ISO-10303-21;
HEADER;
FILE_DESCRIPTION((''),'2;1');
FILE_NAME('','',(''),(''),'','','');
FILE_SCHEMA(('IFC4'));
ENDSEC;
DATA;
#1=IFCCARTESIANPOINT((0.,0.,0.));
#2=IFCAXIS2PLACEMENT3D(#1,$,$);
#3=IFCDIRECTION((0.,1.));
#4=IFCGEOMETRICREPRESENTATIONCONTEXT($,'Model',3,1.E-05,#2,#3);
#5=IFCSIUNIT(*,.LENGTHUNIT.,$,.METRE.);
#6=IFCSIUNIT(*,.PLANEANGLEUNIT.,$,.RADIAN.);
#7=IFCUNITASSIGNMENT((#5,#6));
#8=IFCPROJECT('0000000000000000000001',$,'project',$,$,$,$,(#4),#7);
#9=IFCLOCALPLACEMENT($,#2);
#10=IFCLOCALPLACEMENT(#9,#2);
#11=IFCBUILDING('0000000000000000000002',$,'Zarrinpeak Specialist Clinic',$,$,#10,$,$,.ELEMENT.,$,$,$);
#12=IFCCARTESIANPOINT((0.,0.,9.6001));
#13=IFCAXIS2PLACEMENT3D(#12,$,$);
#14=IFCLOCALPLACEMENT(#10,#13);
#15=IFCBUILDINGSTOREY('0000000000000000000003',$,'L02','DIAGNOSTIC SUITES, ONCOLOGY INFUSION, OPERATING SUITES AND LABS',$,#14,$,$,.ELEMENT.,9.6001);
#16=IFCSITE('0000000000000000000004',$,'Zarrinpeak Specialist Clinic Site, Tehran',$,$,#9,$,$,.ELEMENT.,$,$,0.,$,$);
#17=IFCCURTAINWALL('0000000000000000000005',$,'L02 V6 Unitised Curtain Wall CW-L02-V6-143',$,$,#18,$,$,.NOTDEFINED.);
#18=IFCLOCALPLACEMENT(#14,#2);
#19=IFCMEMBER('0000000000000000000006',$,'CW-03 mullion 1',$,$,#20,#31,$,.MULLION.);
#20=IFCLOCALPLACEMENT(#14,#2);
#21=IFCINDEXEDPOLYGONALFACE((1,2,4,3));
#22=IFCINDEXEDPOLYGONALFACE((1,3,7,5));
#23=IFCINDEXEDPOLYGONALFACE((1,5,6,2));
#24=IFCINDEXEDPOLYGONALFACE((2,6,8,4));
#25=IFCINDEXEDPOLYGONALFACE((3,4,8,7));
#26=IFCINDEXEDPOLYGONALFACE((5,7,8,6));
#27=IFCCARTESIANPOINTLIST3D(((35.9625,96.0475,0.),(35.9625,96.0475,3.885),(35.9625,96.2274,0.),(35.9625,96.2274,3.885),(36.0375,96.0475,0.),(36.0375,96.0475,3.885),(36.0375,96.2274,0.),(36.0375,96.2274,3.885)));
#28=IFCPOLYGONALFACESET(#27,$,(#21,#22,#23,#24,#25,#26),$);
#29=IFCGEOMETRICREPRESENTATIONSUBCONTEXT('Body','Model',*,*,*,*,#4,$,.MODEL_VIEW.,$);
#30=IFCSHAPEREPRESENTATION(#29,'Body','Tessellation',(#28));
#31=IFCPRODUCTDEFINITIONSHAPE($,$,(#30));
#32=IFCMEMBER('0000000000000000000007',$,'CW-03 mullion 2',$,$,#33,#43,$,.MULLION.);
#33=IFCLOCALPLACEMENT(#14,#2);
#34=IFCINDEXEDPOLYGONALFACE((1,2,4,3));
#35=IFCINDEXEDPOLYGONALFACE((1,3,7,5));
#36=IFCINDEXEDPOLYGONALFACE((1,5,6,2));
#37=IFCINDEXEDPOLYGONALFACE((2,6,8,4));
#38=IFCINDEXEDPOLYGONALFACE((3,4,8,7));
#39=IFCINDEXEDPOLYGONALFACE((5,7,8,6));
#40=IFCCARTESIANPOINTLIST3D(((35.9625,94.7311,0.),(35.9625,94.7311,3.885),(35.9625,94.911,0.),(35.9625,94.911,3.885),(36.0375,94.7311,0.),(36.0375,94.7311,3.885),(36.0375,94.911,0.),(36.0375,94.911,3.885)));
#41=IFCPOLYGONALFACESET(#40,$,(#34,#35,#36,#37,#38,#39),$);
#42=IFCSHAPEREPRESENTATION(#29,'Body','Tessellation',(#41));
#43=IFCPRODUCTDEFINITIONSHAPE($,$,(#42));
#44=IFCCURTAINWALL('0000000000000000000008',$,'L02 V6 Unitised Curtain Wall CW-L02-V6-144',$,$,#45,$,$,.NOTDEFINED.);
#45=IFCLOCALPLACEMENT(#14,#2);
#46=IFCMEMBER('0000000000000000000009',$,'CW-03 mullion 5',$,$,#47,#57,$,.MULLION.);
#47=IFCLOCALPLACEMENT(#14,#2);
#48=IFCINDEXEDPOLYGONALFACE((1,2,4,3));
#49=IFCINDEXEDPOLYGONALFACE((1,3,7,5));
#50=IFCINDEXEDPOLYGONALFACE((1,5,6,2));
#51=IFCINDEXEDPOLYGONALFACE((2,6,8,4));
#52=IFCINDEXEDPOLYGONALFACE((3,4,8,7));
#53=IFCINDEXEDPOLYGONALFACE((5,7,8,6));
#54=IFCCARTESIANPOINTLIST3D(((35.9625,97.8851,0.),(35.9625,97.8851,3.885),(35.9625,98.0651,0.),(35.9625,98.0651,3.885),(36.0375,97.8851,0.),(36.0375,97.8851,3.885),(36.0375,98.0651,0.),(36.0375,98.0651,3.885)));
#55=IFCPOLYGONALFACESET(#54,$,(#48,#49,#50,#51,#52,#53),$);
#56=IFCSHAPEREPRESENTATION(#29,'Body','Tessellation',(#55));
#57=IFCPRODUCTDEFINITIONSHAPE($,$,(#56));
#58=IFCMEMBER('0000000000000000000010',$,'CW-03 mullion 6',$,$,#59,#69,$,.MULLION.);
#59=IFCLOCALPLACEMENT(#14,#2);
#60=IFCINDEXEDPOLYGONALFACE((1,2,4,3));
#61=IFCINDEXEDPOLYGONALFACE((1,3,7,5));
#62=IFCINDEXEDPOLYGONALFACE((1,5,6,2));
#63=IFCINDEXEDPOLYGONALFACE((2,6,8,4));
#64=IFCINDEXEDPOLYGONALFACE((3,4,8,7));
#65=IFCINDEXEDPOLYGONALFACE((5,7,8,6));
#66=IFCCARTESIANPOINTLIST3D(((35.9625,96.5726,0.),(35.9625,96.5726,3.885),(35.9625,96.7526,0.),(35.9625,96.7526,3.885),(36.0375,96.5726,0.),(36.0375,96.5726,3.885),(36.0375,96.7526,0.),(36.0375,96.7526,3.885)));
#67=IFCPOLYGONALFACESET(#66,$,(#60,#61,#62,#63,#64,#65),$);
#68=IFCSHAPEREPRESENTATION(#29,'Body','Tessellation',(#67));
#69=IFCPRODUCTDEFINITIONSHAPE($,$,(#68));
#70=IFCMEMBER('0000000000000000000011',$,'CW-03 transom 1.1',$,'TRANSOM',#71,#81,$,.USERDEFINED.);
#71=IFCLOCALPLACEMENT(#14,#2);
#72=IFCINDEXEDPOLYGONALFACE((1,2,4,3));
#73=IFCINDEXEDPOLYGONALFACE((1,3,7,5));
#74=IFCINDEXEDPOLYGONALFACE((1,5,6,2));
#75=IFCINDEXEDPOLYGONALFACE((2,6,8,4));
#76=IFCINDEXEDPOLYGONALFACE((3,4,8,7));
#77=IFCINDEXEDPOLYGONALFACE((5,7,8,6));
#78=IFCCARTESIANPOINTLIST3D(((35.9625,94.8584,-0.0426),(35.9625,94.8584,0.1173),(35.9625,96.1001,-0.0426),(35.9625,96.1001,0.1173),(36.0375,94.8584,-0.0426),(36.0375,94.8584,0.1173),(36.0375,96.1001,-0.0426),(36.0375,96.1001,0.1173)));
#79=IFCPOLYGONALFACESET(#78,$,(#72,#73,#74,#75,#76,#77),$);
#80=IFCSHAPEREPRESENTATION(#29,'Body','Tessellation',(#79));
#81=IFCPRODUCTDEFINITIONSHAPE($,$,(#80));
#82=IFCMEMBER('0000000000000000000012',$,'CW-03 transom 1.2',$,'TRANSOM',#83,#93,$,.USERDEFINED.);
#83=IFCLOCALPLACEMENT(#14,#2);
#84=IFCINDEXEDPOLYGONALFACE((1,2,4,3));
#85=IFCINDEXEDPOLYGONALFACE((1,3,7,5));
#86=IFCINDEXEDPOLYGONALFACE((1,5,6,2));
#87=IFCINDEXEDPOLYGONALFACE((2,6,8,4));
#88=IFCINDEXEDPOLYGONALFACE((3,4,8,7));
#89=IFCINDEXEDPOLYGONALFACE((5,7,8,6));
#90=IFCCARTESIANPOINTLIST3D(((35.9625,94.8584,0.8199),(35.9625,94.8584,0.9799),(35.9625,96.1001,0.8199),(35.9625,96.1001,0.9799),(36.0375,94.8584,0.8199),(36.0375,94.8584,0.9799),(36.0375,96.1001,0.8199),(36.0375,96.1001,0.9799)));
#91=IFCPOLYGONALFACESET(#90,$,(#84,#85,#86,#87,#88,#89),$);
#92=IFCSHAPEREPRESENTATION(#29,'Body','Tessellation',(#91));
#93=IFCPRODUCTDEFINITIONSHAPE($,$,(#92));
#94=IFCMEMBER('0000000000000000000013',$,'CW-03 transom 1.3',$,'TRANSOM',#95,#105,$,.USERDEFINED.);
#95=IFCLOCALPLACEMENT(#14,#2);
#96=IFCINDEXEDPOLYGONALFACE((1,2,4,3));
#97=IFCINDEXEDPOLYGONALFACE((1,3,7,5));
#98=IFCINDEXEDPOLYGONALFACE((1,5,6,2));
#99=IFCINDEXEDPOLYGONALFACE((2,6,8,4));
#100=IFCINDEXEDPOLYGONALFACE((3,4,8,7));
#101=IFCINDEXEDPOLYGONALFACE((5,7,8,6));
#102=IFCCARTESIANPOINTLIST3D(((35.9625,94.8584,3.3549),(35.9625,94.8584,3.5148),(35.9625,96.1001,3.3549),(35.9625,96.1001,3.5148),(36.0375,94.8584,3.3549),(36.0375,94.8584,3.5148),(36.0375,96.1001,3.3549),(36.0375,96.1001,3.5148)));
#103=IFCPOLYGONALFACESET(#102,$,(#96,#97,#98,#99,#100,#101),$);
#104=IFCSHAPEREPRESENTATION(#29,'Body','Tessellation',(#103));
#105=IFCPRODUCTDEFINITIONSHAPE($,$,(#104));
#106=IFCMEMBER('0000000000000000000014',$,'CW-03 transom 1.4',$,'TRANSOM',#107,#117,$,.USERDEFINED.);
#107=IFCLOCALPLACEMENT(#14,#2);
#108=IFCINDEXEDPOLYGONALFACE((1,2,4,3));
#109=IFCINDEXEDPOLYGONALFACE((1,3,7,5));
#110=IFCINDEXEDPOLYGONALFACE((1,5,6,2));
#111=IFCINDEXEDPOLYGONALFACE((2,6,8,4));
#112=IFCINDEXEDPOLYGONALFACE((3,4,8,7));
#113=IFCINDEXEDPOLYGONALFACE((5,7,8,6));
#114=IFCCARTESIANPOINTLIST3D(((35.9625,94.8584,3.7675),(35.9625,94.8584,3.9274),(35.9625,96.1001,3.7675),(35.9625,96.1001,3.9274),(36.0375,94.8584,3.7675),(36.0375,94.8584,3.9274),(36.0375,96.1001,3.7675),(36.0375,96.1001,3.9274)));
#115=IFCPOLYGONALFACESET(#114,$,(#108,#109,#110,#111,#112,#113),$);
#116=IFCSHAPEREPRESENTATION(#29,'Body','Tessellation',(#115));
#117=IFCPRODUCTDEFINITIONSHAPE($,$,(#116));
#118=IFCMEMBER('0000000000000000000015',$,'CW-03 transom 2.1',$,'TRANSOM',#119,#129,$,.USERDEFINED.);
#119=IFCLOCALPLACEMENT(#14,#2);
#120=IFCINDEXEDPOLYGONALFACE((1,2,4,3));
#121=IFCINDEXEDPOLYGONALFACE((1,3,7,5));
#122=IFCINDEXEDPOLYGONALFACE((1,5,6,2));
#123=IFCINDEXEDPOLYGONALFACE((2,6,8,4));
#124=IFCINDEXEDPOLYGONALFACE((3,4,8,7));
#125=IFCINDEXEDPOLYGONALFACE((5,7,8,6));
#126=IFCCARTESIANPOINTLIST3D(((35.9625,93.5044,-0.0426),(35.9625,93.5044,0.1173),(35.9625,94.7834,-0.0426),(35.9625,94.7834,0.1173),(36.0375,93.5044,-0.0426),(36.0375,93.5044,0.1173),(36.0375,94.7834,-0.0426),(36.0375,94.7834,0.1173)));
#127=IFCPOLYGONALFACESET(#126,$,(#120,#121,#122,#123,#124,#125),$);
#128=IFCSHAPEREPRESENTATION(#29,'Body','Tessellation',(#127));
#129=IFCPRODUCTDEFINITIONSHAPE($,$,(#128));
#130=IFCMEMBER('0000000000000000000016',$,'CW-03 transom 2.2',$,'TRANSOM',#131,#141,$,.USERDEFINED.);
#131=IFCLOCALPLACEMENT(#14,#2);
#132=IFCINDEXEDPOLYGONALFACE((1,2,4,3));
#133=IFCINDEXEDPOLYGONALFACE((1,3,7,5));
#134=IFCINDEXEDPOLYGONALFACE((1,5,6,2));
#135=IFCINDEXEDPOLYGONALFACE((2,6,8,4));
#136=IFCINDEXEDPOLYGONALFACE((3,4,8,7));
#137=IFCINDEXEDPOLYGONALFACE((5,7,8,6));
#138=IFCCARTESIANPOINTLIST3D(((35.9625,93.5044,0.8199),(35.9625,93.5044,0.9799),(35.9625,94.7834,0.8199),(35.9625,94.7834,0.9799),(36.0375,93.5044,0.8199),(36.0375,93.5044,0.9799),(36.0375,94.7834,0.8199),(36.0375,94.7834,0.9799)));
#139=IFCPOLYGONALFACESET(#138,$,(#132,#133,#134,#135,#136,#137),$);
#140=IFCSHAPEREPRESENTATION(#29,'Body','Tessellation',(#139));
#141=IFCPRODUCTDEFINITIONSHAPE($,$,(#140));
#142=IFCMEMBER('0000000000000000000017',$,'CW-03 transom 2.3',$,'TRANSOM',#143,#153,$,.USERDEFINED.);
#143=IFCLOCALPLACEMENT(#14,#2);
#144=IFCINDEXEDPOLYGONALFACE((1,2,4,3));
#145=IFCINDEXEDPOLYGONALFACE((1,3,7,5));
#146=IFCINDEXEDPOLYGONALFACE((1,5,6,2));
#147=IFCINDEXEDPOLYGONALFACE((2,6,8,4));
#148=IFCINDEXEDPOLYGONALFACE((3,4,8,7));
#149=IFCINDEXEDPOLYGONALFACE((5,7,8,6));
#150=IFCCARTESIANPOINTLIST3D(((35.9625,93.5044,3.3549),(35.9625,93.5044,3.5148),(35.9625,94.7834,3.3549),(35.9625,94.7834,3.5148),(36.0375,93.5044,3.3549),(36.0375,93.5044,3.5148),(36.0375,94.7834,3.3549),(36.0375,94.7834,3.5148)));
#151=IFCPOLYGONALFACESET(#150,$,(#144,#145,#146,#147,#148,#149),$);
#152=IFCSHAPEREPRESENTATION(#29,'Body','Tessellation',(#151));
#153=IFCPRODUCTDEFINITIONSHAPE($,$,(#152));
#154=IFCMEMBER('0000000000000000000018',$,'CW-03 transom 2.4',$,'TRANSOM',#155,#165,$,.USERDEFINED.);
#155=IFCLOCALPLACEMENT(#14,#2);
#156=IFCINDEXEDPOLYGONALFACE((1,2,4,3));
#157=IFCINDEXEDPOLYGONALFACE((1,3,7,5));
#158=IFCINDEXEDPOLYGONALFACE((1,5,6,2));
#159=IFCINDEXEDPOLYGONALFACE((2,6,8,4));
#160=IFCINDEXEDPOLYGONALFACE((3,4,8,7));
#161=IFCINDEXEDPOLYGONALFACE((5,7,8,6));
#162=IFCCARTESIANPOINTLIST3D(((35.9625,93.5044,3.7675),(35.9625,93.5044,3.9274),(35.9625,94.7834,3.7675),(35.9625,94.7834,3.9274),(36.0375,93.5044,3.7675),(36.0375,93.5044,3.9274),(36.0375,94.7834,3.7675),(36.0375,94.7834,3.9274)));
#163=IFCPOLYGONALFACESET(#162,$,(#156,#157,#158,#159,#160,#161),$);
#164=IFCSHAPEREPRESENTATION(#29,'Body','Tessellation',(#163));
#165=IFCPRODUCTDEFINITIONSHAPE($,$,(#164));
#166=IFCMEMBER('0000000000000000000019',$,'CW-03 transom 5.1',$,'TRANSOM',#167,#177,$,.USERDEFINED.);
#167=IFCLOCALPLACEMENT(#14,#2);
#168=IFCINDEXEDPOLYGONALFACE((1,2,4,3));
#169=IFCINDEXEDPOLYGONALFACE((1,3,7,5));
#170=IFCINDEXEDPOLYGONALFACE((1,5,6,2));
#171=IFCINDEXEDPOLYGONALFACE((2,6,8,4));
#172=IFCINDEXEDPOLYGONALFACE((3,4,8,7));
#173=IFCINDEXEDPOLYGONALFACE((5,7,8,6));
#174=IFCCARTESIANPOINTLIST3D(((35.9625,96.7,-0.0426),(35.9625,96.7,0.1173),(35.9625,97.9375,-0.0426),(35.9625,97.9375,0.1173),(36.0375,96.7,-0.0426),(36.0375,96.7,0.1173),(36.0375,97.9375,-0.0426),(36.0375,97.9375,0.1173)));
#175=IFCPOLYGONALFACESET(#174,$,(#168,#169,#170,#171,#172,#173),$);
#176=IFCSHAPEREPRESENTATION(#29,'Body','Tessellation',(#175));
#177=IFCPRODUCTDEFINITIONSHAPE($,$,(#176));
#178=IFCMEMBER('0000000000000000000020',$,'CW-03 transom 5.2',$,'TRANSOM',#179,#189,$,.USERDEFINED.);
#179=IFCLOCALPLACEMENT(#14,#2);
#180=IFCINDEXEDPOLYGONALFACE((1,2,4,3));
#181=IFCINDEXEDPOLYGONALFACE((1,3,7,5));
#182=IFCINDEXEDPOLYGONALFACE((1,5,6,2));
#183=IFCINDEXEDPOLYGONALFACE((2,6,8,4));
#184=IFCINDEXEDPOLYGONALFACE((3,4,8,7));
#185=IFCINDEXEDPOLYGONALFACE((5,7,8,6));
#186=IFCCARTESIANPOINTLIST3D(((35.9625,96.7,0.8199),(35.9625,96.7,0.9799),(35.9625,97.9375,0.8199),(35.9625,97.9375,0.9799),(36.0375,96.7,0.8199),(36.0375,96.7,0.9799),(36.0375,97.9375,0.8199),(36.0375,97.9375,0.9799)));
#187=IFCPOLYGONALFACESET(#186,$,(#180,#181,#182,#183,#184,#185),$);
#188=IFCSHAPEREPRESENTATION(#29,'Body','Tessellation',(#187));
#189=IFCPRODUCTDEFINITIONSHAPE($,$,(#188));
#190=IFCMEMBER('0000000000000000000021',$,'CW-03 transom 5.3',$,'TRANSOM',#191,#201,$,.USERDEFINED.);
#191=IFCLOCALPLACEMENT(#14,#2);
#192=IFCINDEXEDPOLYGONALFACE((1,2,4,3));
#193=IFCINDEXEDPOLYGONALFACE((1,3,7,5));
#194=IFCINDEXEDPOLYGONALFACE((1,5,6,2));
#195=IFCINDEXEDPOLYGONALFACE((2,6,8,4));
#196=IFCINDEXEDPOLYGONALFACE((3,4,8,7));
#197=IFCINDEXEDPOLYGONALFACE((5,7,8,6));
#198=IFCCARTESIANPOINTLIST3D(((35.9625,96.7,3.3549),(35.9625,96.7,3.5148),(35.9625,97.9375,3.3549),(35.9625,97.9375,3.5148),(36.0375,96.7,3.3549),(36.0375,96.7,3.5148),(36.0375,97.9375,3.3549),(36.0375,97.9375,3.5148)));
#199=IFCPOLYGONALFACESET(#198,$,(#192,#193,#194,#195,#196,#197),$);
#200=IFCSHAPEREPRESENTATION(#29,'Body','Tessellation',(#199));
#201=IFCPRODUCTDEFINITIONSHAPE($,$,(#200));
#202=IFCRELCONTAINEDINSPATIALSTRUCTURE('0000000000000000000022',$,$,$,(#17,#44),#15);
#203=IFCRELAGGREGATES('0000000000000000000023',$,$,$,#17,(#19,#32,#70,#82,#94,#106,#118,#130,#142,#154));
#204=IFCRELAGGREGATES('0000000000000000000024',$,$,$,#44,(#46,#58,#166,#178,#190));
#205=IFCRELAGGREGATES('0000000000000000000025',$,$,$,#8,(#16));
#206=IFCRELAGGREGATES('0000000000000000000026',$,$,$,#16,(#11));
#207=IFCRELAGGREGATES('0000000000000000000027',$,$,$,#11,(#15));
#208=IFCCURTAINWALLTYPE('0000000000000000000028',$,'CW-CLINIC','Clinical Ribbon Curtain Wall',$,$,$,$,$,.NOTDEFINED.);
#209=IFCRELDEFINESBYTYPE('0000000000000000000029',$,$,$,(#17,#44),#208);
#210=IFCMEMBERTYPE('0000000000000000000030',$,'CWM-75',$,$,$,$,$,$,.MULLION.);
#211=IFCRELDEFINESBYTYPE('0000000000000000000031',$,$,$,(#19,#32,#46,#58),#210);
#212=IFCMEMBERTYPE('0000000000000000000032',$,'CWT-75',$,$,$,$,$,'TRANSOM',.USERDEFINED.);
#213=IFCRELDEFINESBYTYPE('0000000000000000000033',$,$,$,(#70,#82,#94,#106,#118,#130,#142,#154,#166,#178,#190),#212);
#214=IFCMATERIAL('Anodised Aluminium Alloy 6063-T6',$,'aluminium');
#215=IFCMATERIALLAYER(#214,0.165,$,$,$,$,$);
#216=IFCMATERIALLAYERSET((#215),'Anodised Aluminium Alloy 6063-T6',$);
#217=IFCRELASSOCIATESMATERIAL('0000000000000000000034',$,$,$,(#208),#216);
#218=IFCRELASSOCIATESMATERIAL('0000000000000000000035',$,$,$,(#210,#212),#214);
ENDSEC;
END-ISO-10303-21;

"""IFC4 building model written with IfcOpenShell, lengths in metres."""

from ifc_helpers import new_model, si_unit, direction, frame, origin, origin_2d, place, context, subcontext, project, spatial, rectangle, extrude, material, layer, layer_set, material_profile, profile_set, type_object, element, aggregate, save


model = new_model("IFC4")

# Units and contexts
model_context = context("Model", 3, precision=1e-05, world=origin(), true_north=direction((0.0, 1.0)))
body_context = subcontext(model_context, "Body", "Model", "MODEL_VIEW")
ifc_project = project(units=[si_unit("LENGTHUNIT", "METRE"), si_unit("PLANEANGLEUNIT", "RADIAN")], contexts=[model_context])

# Site, building, storey
site_placement = place(None, origin())
site = spatial("IfcSite", under=ifc_project, at=site_placement, Name="Zarrinpeak Specialist Clinic Site, Tehran", CompositionType="ELEMENT", RefElevation=0.0)
building_placement = place(site_placement, origin())
building = spatial("IfcBuilding", under=site, at=building_placement, Name="Zarrinpeak Specialist Clinic", CompositionType="ELEMENT")
storey_placement = place(building_placement, frame((0.0, 0.0, 9.6001)))
storey = spatial("IfcBuildingStorey", under=building, at=storey_placement, Name="L02", Description="DIAGNOSTIC SUITES, ONCOLOGY INFUSION, OPERATING SUITES AND LABS", CompositionType="ELEMENT", Elevation=9.6001)

# Curtain walls, members
ifc_material_1 = material(Name="Anodised Aluminium Alloy 6063-T6", Category="aluminium")
ifc_layer_1 = layer(ifc_material_1, 0.165)
ifc_layer_set_1 = layer_set([ifc_layer_1], Name="Anodised Aluminium Alloy 6063-T6")
curtain_wall_type = type_object("IfcCurtainWallType", Name="CW-CLINIC", Description="Clinical Ribbon Curtain Wall", PredefinedType="NOTDEFINED", material=ifc_layer_set_1)
curtain_wall_1_placement = place(storey_placement, origin())
curtain_wall_1 = element("IfcCurtainWall", 1, at=curtain_wall_1_placement, inside=storey, type_object=curtain_wall_type, Name="L02 V6 Unitised Curtain Wall CW-L02-V6-143", PredefinedType="NOTDEFINED")
ifc_material_profile_1 = material_profile(ifc_material_1, rectangle(XDim=0.075, YDim=0.1799, at=origin_2d()), Name="ALU 75x180")
ifc_profile_set_1 = profile_set([ifc_material_profile_1], Name="Anodised Aluminium Alloy 6063-T6")
member_type_1 = type_object("IfcMemberType", Name="CWM-75", PredefinedType="MULLION", material=ifc_profile_set_1)
member_1_placement = place(storey_placement, frame((36.0, 96.1375, 0.0), z_axis=(0.0, 0.0, 1.0), x_axis=(1.0, 0.0, 0.0)))
member_1 = element("IfcMember", 2, at=member_1_placement, type_object=member_type_1, Name="CW-03 mullion 1", PredefinedType="MULLION", context=body_context, shape_type="SweptSolid", body=[
    extrude(rectangle(XDim=0.075, YDim=0.1799, at=origin_2d()), origin(), (0.0, 0.0, 1.0), 3.885),
])
member_2_placement = place(storey_placement, frame((36.0, 94.821, 0.0), z_axis=(0.0, 0.0, 1.0), x_axis=(1.0, 0.0, 0.0)))
member_2 = element("IfcMember", 3, at=member_2_placement, type_object=member_type_1, Name="CW-03 mullion 2", PredefinedType="MULLION", context=body_context, shape_type="SweptSolid", body=[
    extrude(rectangle(XDim=0.075, YDim=0.1799, at=origin_2d()), origin(), (0.0, 0.0, 1.0), 3.885),
])
curtain_wall_2_placement = place(storey_placement, origin())
curtain_wall_2 = element("IfcCurtainWall", 4, at=curtain_wall_2_placement, inside=storey, type_object=curtain_wall_type, Name="L02 V6 Unitised Curtain Wall CW-L02-V6-144", PredefinedType="NOTDEFINED")
member_3_placement = place(storey_placement, frame((36.0, 97.9751, 0.0), z_axis=(0.0, 0.0, 1.0), x_axis=(1.0, 0.0, 0.0)))
member_3 = element("IfcMember", 5, at=member_3_placement, type_object=member_type_1, Name="CW-03 mullion 5", PredefinedType="MULLION", context=body_context, shape_type="SweptSolid", body=[
    extrude(rectangle(XDim=0.075, YDim=0.1799, at=origin_2d()), origin(), (0.0, 0.0, 1.0), 3.885),
])
member_4_placement = place(storey_placement, frame((36.0, 96.6626, 0.0), z_axis=(0.0, 0.0, 1.0), x_axis=(1.0, 0.0, 0.0)))
member_4 = element("IfcMember", 6, at=member_4_placement, type_object=member_type_1, Name="CW-03 mullion 6", PredefinedType="MULLION", context=body_context, shape_type="SweptSolid", body=[
    extrude(rectangle(XDim=0.075, YDim=0.1799, at=origin_2d()), origin(), (0.0, 0.0, 1.0), 3.885),
])

# Members
ifc_material_profile_2 = material_profile(ifc_material_1, rectangle(XDim=0.075, YDim=0.1599, at=origin_2d()), Name="ALU 75x160")
ifc_profile_set_2 = profile_set([ifc_material_profile_2], Name="Anodised Aluminium Alloy 6063-T6")
member_type_2 = type_object("IfcMemberType", Name="CWT-75", ElementType="TRANSOM", PredefinedType="USERDEFINED", material=ifc_profile_set_2)
member_5_placement = place(storey_placement, frame((36.0, 96.1001, 0.0374), z_axis=(0.0, -1.0, 0.0), x_axis=(1.0, 0.0, 0.0)))
member_5 = element("IfcMember", 7, at=member_5_placement, type_object=member_type_2, Name="CW-03 transom 1.1", ObjectType="TRANSOM", PredefinedType="USERDEFINED", context=body_context, shape_type="SweptSolid", body=[
    extrude(rectangle(XDim=0.075, YDim=0.1599, at=origin_2d()), origin(), (0.0, 0.0, 1.0), 1.2417),
])
member_6_placement = place(storey_placement, frame((36.0, 96.1001, 0.8999), z_axis=(0.0, -1.0, 0.0), x_axis=(1.0, 0.0, 0.0)))
member_6 = element("IfcMember", 8, at=member_6_placement, type_object=member_type_2, Name="CW-03 transom 1.2", ObjectType="TRANSOM", PredefinedType="USERDEFINED", context=body_context, shape_type="SweptSolid", body=[
    extrude(rectangle(XDim=0.075, YDim=0.1599, at=origin_2d()), origin(), (0.0, 0.0, 1.0), 1.2417),
])
member_7_placement = place(storey_placement, frame((36.0, 96.1001, 3.4348), z_axis=(0.0, -1.0, 0.0), x_axis=(1.0, 0.0, 0.0)))
member_7 = element("IfcMember", 9, at=member_7_placement, type_object=member_type_2, Name="CW-03 transom 1.3", ObjectType="TRANSOM", PredefinedType="USERDEFINED", context=body_context, shape_type="SweptSolid", body=[
    extrude(rectangle(XDim=0.075, YDim=0.1599, at=origin_2d()), origin(), (0.0, 0.0, 1.0), 1.2417),
])
member_8_placement = place(storey_placement, frame((36.0, 96.1001, 3.8474), z_axis=(0.0, -1.0, 0.0), x_axis=(1.0, 0.0, 0.0)))
member_8 = element("IfcMember", 10, at=member_8_placement, type_object=member_type_2, Name="CW-03 transom 1.4", ObjectType="TRANSOM", PredefinedType="USERDEFINED", context=body_context, shape_type="SweptSolid", body=[
    extrude(rectangle(XDim=0.075, YDim=0.1599, at=origin_2d()), origin(), (0.0, 0.0, 1.0), 1.2417),
])
member_9_placement = place(storey_placement, frame((36.0, 94.7834, 0.0374), z_axis=(0.0, -1.0, 0.0), x_axis=(1.0, 0.0, 0.0)))
member_9 = element("IfcMember", 11, at=member_9_placement, type_object=member_type_2, Name="CW-03 transom 2.1", ObjectType="TRANSOM", PredefinedType="USERDEFINED", context=body_context, shape_type="SweptSolid", body=[
    extrude(rectangle(XDim=0.075, YDim=0.1599, at=origin_2d()), origin(), (0.0, 0.0, 1.0), 1.2791),
])
member_10_placement = place(storey_placement, frame((36.0, 94.7834, 0.8999), z_axis=(0.0, -1.0, 0.0), x_axis=(1.0, 0.0, 0.0)))
member_10 = element("IfcMember", 12, at=member_10_placement, type_object=member_type_2, Name="CW-03 transom 2.2", ObjectType="TRANSOM", PredefinedType="USERDEFINED", context=body_context, shape_type="SweptSolid", body=[
    extrude(rectangle(XDim=0.075, YDim=0.1599, at=origin_2d()), origin(), (0.0, 0.0, 1.0), 1.2791),
])
member_11_placement = place(storey_placement, frame((36.0, 94.7834, 3.4348), z_axis=(0.0, -1.0, 0.0), x_axis=(1.0, 0.0, 0.0)))
member_11 = element("IfcMember", 13, at=member_11_placement, type_object=member_type_2, Name="CW-03 transom 2.3", ObjectType="TRANSOM", PredefinedType="USERDEFINED", context=body_context, shape_type="SweptSolid", body=[
    extrude(rectangle(XDim=0.075, YDim=0.1599, at=origin_2d()), origin(), (0.0, 0.0, 1.0), 1.2791),
])
member_12_placement = place(storey_placement, frame((36.0, 94.7834, 3.8474), z_axis=(0.0, -1.0, 0.0), x_axis=(1.0, 0.0, 0.0)))
member_12 = element("IfcMember", 14, at=member_12_placement, type_object=member_type_2, Name="CW-03 transom 2.4", ObjectType="TRANSOM", PredefinedType="USERDEFINED", context=body_context, shape_type="SweptSolid", body=[
    extrude(rectangle(XDim=0.075, YDim=0.1599, at=origin_2d()), origin(), (0.0, 0.0, 1.0), 1.2791),
])
member_13_placement = place(storey_placement, frame((36.0, 97.9375, 0.0374), z_axis=(0.0, -1.0, 0.0), x_axis=(1.0, 0.0, 0.0)))
member_13 = element("IfcMember", 15, at=member_13_placement, type_object=member_type_2, Name="CW-03 transom 5.1", ObjectType="TRANSOM", PredefinedType="USERDEFINED", context=body_context, shape_type="SweptSolid", body=[
    extrude(rectangle(XDim=0.075, YDim=0.1599, at=origin_2d()), origin(), (0.0, 0.0, 1.0), 1.2375),
])
member_14_placement = place(storey_placement, frame((36.0, 97.9375, 0.8999), z_axis=(0.0, -1.0, 0.0), x_axis=(1.0, 0.0, 0.0)))
member_14 = element("IfcMember", 16, at=member_14_placement, type_object=member_type_2, Name="CW-03 transom 5.2", ObjectType="TRANSOM", PredefinedType="USERDEFINED", context=body_context, shape_type="SweptSolid", body=[
    extrude(rectangle(XDim=0.075, YDim=0.1599, at=origin_2d()), origin(), (0.0, 0.0, 1.0), 1.2375),
])
member_15_placement = place(storey_placement, frame((36.0, 97.9375, 3.4348), z_axis=(0.0, -1.0, 0.0), x_axis=(1.0, 0.0, 0.0)))
member_15 = element("IfcMember", 17, at=member_15_placement, type_object=member_type_2, Name="CW-03 transom 5.3", ObjectType="TRANSOM", PredefinedType="USERDEFINED", context=body_context, shape_type="SweptSolid", body=[
    extrude(rectangle(XDim=0.075, YDim=0.1599, at=origin_2d()), origin(), (0.0, 0.0, 1.0), 1.2375),
])

aggregate(curtain_wall_1, [member_1, member_2, member_5, member_6, member_7, member_8, member_9, member_10, member_11, member_12])
aggregate(curtain_wall_2, [member_3, member_4, member_13, member_14, member_15])

save(model, "model.ifc")
